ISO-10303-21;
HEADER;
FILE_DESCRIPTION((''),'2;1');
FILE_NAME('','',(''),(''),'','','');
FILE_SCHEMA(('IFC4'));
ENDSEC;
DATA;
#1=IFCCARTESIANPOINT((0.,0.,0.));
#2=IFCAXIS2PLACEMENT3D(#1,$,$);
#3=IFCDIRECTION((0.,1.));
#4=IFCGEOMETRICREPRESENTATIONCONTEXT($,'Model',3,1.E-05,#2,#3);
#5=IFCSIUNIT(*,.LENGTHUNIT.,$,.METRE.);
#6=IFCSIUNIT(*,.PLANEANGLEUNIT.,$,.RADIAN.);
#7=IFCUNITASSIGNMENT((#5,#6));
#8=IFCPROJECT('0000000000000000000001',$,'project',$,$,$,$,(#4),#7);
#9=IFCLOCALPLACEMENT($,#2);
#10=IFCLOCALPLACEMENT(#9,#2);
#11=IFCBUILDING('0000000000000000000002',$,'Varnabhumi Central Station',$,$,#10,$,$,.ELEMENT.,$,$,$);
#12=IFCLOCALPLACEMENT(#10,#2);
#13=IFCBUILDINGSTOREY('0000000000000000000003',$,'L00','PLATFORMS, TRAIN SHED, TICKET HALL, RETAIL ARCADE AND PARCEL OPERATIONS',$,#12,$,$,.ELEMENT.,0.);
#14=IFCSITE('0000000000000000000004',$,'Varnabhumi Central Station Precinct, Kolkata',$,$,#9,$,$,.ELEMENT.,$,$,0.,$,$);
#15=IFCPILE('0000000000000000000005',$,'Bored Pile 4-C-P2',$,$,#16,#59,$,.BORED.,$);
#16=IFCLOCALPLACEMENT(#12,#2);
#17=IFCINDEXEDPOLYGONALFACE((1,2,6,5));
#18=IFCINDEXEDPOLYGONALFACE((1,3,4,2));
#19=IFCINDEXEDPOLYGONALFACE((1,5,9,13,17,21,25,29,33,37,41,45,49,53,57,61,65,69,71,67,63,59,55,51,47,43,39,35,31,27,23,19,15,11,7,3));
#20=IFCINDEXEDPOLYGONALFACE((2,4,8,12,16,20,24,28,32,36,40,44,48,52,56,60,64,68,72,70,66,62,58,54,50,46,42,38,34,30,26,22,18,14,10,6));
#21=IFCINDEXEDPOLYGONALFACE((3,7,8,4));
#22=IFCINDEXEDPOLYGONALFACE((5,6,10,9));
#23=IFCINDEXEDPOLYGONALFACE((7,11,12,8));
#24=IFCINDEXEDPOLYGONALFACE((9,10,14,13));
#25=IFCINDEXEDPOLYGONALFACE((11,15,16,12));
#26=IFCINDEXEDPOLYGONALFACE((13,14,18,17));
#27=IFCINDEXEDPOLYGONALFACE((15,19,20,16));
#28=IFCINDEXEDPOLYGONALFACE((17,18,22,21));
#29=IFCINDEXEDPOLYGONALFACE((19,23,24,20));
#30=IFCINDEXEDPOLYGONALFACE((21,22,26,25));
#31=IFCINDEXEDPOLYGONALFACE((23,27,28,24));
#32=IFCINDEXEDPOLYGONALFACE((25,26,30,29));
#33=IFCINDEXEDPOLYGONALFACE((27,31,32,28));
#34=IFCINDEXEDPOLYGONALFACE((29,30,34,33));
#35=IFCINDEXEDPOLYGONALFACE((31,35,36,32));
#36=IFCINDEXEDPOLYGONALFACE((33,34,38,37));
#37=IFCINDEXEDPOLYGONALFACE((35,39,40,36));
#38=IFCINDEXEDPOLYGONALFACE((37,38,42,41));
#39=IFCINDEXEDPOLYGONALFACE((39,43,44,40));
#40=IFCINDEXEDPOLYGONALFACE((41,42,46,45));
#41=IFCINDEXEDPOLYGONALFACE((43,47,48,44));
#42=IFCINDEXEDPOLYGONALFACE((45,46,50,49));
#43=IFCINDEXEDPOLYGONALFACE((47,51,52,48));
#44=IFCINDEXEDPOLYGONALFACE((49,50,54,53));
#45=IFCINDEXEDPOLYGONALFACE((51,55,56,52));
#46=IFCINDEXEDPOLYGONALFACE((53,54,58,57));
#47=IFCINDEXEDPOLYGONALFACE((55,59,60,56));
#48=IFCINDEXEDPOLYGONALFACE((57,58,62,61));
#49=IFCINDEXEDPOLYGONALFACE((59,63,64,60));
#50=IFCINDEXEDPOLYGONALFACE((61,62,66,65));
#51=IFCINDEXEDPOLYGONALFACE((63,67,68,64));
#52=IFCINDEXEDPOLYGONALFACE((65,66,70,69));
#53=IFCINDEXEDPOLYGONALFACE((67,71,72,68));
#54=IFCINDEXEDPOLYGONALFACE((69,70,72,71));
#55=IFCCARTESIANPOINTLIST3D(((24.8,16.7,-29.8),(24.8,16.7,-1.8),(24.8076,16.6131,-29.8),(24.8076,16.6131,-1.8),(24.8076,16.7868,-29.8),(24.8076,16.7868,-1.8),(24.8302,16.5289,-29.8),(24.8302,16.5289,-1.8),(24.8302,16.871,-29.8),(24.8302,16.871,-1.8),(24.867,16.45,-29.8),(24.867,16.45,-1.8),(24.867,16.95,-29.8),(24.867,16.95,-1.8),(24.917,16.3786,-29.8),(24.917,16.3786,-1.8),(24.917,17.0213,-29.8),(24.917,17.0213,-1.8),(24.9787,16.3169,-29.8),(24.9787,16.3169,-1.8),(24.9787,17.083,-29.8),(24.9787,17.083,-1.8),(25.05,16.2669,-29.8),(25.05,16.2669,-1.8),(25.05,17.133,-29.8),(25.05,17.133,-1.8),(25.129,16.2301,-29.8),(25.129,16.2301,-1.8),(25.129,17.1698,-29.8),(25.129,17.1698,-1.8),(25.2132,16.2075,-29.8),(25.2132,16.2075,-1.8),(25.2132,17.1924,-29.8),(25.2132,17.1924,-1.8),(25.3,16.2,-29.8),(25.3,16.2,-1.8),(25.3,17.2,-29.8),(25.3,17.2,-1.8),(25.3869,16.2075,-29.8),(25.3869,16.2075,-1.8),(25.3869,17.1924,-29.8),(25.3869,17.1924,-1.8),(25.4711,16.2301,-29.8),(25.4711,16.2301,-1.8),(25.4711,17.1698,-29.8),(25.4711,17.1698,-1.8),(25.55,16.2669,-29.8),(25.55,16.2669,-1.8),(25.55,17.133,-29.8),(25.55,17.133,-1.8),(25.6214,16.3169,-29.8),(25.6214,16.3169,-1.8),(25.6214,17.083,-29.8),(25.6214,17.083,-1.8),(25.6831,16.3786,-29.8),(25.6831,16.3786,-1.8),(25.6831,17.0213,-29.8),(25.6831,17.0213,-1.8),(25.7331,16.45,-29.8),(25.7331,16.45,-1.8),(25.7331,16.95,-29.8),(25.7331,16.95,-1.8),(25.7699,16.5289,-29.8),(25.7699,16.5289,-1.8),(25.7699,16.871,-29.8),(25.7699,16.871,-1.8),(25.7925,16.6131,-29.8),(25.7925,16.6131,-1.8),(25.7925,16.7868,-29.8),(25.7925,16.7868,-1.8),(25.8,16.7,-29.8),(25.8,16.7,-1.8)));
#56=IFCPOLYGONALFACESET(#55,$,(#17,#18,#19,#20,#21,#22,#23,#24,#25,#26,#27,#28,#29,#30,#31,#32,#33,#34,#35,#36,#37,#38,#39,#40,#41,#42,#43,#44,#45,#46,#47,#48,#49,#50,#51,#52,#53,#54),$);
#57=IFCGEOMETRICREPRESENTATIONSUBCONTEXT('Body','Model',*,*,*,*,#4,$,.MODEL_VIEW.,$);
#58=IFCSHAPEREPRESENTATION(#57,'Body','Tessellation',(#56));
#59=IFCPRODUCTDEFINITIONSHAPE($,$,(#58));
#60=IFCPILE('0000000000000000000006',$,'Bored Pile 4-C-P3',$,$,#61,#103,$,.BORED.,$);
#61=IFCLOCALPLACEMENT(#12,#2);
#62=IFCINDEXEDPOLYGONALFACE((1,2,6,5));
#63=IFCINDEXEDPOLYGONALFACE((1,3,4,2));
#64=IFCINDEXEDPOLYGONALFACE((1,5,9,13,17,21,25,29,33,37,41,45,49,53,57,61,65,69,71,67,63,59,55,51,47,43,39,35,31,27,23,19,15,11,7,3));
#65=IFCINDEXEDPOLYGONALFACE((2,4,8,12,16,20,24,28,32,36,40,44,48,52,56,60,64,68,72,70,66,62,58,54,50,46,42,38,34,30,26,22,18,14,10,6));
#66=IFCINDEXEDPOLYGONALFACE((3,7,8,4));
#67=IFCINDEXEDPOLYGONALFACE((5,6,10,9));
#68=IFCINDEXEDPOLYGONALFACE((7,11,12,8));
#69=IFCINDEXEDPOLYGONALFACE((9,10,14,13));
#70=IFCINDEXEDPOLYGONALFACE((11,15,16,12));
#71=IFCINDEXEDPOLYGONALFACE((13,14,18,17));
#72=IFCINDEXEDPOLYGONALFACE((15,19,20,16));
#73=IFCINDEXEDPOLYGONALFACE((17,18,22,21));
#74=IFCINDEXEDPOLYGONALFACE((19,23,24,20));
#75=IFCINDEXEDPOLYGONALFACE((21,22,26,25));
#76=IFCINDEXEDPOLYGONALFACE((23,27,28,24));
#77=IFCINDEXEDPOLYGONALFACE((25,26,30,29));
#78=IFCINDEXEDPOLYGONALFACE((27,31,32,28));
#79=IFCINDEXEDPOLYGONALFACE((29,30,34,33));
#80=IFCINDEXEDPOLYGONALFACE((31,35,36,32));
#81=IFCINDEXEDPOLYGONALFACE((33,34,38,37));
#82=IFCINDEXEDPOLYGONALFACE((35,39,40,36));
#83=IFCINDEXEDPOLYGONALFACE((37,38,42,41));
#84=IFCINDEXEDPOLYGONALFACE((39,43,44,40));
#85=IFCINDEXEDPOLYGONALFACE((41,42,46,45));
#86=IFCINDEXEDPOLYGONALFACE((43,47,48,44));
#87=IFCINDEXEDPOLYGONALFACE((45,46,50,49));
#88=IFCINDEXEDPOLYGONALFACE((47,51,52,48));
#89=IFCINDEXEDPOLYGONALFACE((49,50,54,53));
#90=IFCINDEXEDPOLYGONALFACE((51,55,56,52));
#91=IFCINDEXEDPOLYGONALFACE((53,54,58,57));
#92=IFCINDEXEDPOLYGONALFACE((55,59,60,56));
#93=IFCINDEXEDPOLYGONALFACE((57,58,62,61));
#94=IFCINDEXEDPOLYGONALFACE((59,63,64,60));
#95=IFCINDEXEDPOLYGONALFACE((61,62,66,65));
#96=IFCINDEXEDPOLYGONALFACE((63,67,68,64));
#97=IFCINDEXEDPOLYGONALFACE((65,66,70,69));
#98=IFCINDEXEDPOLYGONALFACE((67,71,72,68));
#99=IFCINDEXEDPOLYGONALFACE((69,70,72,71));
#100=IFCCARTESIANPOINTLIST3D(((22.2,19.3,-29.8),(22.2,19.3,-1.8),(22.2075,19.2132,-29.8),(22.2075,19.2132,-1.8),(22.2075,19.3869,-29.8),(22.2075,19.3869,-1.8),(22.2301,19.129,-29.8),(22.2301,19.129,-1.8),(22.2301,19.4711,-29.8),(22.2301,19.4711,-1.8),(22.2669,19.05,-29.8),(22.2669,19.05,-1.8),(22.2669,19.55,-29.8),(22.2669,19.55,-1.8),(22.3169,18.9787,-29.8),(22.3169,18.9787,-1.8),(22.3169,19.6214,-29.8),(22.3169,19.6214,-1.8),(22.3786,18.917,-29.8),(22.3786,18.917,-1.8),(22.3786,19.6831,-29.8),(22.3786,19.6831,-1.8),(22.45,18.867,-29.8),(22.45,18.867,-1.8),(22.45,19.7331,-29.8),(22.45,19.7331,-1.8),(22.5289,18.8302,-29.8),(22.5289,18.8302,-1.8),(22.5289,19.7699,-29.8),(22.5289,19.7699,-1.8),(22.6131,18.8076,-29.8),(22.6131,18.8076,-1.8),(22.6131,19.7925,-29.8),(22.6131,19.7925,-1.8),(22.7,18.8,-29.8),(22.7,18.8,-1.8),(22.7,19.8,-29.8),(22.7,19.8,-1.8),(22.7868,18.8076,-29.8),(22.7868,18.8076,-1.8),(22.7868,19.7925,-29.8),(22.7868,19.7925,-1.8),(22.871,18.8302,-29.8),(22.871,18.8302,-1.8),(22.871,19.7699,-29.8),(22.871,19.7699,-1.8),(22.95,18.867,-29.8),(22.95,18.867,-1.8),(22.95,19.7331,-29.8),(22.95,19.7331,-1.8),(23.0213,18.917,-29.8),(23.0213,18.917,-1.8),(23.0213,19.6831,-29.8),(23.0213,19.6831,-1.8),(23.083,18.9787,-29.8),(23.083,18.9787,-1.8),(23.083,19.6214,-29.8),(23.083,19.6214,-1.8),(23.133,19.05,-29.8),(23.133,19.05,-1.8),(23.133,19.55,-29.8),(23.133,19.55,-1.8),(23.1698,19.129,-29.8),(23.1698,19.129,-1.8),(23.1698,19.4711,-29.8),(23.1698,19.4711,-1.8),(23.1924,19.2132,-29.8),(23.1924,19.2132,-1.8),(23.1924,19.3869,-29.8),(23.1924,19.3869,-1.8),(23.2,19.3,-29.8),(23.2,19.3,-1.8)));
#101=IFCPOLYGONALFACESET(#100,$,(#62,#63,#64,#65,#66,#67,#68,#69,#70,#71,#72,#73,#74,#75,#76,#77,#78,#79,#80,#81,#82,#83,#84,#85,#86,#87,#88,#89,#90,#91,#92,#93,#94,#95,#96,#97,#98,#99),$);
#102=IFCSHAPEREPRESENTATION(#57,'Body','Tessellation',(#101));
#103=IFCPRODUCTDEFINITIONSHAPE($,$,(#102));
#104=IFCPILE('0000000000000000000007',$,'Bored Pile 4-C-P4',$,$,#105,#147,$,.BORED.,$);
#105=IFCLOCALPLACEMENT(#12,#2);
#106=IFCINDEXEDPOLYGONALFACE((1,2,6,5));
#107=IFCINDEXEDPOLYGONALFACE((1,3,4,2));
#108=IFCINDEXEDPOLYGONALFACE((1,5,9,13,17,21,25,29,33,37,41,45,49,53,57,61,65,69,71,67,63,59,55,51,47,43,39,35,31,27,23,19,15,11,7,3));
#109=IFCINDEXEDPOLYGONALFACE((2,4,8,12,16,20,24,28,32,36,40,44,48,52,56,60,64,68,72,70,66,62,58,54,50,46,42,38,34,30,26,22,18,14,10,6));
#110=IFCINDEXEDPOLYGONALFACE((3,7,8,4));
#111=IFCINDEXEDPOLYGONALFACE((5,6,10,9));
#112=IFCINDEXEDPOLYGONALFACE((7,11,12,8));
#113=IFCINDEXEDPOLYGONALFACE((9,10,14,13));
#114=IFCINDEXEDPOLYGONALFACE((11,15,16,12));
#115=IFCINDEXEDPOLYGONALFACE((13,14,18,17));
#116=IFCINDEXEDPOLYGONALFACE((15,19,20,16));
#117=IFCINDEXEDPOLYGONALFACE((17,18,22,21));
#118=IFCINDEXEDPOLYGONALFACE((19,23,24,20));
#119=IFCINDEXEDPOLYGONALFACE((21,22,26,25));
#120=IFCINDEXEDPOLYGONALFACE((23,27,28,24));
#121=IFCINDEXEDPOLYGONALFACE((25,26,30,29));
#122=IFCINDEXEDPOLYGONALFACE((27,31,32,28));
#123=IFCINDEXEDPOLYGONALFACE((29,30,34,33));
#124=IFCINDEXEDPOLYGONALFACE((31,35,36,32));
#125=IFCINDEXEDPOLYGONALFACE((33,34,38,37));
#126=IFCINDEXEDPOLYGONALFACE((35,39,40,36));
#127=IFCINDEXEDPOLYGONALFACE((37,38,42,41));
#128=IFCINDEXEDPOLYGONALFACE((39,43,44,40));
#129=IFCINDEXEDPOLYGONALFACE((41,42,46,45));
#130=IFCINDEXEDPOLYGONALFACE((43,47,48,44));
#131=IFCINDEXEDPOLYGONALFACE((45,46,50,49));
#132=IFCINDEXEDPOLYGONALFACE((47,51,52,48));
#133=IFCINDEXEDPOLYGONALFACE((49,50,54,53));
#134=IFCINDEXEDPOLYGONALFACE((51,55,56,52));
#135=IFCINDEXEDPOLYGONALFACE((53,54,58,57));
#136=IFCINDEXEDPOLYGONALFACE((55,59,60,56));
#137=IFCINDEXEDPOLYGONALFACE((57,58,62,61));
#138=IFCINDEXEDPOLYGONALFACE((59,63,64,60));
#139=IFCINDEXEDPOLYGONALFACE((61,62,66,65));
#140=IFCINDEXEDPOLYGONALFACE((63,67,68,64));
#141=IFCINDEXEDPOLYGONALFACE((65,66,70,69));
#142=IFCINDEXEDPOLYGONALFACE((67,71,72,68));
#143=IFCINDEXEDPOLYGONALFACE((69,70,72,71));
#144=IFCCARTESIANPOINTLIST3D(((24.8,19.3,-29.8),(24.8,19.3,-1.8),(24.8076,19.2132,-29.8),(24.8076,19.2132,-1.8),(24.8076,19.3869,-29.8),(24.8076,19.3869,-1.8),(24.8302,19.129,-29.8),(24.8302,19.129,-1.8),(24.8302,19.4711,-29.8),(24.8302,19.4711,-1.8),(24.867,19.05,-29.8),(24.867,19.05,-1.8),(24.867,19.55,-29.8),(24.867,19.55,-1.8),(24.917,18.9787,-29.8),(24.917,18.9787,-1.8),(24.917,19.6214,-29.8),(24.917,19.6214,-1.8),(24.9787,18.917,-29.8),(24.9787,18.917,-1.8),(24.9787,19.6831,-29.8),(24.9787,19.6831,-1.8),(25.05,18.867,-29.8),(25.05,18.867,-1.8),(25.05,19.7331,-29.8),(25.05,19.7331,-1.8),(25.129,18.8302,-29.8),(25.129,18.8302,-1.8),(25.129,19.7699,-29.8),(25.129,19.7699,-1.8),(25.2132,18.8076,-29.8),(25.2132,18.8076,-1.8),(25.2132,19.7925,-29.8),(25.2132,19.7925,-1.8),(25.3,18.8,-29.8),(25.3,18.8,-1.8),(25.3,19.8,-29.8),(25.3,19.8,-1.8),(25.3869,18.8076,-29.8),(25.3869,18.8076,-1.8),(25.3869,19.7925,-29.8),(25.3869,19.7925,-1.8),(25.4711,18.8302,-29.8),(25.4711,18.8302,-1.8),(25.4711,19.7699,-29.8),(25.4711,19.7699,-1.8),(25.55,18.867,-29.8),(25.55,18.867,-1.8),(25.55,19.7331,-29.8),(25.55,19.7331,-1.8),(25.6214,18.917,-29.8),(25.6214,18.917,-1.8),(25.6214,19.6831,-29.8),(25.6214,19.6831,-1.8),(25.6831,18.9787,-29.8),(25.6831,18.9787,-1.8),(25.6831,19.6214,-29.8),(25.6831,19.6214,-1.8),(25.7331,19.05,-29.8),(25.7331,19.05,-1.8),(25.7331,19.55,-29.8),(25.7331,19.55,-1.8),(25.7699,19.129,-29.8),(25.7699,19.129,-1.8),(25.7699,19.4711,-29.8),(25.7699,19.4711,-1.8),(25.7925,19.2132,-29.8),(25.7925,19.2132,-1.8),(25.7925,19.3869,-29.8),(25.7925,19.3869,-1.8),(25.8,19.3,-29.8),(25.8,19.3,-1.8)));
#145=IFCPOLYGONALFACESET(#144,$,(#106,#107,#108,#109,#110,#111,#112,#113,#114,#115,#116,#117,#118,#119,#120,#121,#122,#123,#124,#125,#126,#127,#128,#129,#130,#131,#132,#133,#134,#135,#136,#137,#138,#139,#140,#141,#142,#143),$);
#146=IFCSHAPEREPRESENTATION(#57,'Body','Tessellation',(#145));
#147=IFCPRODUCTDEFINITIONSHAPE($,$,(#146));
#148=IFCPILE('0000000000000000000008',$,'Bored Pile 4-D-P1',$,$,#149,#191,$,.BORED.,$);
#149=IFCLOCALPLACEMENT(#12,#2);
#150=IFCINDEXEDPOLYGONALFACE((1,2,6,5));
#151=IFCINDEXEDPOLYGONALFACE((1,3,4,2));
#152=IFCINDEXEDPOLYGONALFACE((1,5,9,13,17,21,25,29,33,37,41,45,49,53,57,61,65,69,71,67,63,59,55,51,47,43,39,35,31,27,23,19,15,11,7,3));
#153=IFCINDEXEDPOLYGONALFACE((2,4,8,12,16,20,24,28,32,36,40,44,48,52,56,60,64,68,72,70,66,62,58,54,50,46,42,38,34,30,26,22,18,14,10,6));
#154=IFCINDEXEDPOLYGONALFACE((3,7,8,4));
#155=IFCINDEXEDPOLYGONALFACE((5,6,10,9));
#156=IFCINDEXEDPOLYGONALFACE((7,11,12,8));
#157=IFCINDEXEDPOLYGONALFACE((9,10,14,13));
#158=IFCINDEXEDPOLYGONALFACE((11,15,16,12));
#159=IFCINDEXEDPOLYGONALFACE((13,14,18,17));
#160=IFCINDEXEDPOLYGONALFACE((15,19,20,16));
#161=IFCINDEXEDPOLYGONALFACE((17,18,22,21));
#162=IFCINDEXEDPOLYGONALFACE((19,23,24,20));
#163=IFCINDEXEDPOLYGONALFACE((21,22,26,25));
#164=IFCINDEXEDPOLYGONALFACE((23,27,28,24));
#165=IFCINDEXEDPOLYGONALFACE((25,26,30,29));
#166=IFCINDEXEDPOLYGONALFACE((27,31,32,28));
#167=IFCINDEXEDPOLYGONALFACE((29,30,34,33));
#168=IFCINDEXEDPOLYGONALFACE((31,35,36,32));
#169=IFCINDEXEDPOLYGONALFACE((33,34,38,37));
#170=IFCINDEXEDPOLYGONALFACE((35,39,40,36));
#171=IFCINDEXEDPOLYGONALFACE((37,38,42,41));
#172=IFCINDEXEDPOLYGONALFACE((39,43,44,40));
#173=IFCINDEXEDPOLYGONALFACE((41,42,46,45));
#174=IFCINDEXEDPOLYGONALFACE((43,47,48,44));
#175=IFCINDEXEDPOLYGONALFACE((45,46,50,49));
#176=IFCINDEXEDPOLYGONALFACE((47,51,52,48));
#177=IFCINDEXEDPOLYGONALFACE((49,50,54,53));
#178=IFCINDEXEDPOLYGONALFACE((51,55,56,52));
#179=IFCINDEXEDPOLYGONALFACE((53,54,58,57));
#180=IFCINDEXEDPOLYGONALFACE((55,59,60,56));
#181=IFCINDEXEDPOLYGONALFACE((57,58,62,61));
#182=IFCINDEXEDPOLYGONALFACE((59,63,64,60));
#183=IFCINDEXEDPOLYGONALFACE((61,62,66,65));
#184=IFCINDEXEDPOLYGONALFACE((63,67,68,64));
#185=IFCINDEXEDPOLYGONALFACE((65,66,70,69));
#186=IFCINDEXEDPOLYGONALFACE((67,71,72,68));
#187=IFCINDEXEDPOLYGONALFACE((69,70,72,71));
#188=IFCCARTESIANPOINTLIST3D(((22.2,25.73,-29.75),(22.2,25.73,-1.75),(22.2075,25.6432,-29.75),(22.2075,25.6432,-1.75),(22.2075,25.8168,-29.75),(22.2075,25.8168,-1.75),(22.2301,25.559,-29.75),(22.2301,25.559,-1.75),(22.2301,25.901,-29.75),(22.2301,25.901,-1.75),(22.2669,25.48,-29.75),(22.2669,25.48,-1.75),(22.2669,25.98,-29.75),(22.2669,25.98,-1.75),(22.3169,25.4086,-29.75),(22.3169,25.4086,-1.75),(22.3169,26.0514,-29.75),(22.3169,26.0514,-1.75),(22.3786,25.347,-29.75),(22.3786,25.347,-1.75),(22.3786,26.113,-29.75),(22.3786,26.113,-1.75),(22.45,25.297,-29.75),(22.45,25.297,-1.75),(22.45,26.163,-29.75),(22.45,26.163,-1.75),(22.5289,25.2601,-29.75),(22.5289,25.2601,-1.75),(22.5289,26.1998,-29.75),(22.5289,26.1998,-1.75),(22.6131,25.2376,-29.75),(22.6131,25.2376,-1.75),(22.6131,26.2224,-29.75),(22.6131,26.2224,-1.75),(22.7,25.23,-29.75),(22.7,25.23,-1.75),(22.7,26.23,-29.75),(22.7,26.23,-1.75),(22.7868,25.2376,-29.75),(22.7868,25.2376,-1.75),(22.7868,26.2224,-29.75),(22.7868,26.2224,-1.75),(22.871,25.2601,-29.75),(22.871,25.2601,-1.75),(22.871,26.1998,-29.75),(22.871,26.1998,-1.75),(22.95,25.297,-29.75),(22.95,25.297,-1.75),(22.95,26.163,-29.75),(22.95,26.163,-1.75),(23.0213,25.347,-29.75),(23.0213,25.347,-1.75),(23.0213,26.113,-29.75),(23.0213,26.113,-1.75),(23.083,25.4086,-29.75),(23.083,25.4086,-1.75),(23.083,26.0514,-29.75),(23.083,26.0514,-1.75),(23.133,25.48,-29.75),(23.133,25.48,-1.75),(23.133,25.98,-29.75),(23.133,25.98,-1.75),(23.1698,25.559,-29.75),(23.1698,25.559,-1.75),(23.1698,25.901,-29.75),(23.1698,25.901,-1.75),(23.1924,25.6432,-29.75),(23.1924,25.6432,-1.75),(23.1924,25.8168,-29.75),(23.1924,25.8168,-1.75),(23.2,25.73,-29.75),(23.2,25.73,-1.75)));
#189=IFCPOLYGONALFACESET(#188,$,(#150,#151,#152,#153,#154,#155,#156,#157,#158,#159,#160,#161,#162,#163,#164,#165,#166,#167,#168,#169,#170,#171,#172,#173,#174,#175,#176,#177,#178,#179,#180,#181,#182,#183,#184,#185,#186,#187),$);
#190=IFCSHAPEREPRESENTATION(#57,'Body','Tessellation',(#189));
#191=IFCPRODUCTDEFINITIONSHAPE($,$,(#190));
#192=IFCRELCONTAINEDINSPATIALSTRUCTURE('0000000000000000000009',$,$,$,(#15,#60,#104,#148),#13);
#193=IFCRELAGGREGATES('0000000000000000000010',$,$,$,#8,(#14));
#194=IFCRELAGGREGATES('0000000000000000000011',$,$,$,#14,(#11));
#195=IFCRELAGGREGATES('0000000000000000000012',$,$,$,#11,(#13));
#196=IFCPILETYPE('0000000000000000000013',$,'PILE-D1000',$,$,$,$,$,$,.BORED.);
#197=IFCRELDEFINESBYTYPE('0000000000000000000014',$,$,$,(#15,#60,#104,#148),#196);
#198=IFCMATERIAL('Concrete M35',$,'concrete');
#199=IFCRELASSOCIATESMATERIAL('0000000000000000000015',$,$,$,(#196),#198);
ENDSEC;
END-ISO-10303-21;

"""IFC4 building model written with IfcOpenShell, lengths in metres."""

from ifc_helpers import new_model, si_unit, direction, frame, origin, origin_2d, place, context, subcontext, project, spatial, circle, extrude, material, material_profile, profile_set, type_object, element, save


model = new_model("IFC4")

# Units and contexts
model_context = context("Model", 3, precision=1e-05, world=origin(), true_north=direction((0.0, 1.0)))
body_context = subcontext(model_context, "Body", "Model", "MODEL_VIEW")
ifc_project = project(units=[si_unit("LENGTHUNIT", "METRE"), si_unit("PLANEANGLEUNIT", "RADIAN")], contexts=[model_context])

# Site, building, storey
site_placement = place(None, origin())
site = spatial("IfcSite", under=ifc_project, at=site_placement, Name="Varnabhumi Central Station Precinct, Kolkata", CompositionType="ELEMENT", RefElevation=0.0)
building_placement = place(site_placement, origin())
building = spatial("IfcBuilding", under=site, at=building_placement, Name="Varnabhumi Central Station", CompositionType="ELEMENT")
storey_placement = place(building_placement, origin())
storey = spatial("IfcBuildingStorey", under=building, at=storey_placement, Name="L00", Description="PLATFORMS, TRAIN SHED, TICKET HALL, RETAIL ARCADE AND PARCEL OPERATIONS", CompositionType="ELEMENT", Elevation=0.0)

# Piles
ifc_material_1 = material(Name="Concrete M35", Category="concrete")
ifc_material_profile_1 = material_profile(ifc_material_1, circle(Radius=0.5, at=origin_2d()), Name="Concrete M35", Category="concrete")
ifc_profile_set_1 = profile_set([ifc_material_profile_1], Name="Concrete M35")
pile_type = type_object("IfcPileType", Name="PILE-D1000", PredefinedType="BORED", material=ifc_profile_set_1)
for number, where, z_axis, x_axis, name in (
    (1, (25.3, 16.7, -1.8), (0.0, 0.0, -1.0), (1.0, 0.0, 0.0), "Bored Pile 4-C-P2"),
    (2, (22.7, 19.3, -1.8), (0.0, 0.0, -1.0), (1.0, 0.0, 0.0), "Bored Pile 4-C-P3"),
    (3, (25.3, 19.3, -1.8), (0.0, 0.0, -1.0), (1.0, 0.0, 0.0), "Bored Pile 4-C-P4"),
    (4, (22.7, 25.73, -1.75), (0.0, 0.0, -1.0), (1.0, 0.0, 0.0), "Bored Pile 4-D-P1"),
):
    element("IfcPile", number, at=place(storey_placement, frame(where, z_axis=z_axis, x_axis=x_axis)), inside=storey, type_object=pile_type, Name=name, PredefinedType="BORED", context=body_context, shape_type="SweptSolid", body=[
        extrude(circle(Radius=0.5, at=origin_2d()), origin(), (0.0, 0.0, 1.0), 28.0),
    ])

save(model, "model.ifc")
